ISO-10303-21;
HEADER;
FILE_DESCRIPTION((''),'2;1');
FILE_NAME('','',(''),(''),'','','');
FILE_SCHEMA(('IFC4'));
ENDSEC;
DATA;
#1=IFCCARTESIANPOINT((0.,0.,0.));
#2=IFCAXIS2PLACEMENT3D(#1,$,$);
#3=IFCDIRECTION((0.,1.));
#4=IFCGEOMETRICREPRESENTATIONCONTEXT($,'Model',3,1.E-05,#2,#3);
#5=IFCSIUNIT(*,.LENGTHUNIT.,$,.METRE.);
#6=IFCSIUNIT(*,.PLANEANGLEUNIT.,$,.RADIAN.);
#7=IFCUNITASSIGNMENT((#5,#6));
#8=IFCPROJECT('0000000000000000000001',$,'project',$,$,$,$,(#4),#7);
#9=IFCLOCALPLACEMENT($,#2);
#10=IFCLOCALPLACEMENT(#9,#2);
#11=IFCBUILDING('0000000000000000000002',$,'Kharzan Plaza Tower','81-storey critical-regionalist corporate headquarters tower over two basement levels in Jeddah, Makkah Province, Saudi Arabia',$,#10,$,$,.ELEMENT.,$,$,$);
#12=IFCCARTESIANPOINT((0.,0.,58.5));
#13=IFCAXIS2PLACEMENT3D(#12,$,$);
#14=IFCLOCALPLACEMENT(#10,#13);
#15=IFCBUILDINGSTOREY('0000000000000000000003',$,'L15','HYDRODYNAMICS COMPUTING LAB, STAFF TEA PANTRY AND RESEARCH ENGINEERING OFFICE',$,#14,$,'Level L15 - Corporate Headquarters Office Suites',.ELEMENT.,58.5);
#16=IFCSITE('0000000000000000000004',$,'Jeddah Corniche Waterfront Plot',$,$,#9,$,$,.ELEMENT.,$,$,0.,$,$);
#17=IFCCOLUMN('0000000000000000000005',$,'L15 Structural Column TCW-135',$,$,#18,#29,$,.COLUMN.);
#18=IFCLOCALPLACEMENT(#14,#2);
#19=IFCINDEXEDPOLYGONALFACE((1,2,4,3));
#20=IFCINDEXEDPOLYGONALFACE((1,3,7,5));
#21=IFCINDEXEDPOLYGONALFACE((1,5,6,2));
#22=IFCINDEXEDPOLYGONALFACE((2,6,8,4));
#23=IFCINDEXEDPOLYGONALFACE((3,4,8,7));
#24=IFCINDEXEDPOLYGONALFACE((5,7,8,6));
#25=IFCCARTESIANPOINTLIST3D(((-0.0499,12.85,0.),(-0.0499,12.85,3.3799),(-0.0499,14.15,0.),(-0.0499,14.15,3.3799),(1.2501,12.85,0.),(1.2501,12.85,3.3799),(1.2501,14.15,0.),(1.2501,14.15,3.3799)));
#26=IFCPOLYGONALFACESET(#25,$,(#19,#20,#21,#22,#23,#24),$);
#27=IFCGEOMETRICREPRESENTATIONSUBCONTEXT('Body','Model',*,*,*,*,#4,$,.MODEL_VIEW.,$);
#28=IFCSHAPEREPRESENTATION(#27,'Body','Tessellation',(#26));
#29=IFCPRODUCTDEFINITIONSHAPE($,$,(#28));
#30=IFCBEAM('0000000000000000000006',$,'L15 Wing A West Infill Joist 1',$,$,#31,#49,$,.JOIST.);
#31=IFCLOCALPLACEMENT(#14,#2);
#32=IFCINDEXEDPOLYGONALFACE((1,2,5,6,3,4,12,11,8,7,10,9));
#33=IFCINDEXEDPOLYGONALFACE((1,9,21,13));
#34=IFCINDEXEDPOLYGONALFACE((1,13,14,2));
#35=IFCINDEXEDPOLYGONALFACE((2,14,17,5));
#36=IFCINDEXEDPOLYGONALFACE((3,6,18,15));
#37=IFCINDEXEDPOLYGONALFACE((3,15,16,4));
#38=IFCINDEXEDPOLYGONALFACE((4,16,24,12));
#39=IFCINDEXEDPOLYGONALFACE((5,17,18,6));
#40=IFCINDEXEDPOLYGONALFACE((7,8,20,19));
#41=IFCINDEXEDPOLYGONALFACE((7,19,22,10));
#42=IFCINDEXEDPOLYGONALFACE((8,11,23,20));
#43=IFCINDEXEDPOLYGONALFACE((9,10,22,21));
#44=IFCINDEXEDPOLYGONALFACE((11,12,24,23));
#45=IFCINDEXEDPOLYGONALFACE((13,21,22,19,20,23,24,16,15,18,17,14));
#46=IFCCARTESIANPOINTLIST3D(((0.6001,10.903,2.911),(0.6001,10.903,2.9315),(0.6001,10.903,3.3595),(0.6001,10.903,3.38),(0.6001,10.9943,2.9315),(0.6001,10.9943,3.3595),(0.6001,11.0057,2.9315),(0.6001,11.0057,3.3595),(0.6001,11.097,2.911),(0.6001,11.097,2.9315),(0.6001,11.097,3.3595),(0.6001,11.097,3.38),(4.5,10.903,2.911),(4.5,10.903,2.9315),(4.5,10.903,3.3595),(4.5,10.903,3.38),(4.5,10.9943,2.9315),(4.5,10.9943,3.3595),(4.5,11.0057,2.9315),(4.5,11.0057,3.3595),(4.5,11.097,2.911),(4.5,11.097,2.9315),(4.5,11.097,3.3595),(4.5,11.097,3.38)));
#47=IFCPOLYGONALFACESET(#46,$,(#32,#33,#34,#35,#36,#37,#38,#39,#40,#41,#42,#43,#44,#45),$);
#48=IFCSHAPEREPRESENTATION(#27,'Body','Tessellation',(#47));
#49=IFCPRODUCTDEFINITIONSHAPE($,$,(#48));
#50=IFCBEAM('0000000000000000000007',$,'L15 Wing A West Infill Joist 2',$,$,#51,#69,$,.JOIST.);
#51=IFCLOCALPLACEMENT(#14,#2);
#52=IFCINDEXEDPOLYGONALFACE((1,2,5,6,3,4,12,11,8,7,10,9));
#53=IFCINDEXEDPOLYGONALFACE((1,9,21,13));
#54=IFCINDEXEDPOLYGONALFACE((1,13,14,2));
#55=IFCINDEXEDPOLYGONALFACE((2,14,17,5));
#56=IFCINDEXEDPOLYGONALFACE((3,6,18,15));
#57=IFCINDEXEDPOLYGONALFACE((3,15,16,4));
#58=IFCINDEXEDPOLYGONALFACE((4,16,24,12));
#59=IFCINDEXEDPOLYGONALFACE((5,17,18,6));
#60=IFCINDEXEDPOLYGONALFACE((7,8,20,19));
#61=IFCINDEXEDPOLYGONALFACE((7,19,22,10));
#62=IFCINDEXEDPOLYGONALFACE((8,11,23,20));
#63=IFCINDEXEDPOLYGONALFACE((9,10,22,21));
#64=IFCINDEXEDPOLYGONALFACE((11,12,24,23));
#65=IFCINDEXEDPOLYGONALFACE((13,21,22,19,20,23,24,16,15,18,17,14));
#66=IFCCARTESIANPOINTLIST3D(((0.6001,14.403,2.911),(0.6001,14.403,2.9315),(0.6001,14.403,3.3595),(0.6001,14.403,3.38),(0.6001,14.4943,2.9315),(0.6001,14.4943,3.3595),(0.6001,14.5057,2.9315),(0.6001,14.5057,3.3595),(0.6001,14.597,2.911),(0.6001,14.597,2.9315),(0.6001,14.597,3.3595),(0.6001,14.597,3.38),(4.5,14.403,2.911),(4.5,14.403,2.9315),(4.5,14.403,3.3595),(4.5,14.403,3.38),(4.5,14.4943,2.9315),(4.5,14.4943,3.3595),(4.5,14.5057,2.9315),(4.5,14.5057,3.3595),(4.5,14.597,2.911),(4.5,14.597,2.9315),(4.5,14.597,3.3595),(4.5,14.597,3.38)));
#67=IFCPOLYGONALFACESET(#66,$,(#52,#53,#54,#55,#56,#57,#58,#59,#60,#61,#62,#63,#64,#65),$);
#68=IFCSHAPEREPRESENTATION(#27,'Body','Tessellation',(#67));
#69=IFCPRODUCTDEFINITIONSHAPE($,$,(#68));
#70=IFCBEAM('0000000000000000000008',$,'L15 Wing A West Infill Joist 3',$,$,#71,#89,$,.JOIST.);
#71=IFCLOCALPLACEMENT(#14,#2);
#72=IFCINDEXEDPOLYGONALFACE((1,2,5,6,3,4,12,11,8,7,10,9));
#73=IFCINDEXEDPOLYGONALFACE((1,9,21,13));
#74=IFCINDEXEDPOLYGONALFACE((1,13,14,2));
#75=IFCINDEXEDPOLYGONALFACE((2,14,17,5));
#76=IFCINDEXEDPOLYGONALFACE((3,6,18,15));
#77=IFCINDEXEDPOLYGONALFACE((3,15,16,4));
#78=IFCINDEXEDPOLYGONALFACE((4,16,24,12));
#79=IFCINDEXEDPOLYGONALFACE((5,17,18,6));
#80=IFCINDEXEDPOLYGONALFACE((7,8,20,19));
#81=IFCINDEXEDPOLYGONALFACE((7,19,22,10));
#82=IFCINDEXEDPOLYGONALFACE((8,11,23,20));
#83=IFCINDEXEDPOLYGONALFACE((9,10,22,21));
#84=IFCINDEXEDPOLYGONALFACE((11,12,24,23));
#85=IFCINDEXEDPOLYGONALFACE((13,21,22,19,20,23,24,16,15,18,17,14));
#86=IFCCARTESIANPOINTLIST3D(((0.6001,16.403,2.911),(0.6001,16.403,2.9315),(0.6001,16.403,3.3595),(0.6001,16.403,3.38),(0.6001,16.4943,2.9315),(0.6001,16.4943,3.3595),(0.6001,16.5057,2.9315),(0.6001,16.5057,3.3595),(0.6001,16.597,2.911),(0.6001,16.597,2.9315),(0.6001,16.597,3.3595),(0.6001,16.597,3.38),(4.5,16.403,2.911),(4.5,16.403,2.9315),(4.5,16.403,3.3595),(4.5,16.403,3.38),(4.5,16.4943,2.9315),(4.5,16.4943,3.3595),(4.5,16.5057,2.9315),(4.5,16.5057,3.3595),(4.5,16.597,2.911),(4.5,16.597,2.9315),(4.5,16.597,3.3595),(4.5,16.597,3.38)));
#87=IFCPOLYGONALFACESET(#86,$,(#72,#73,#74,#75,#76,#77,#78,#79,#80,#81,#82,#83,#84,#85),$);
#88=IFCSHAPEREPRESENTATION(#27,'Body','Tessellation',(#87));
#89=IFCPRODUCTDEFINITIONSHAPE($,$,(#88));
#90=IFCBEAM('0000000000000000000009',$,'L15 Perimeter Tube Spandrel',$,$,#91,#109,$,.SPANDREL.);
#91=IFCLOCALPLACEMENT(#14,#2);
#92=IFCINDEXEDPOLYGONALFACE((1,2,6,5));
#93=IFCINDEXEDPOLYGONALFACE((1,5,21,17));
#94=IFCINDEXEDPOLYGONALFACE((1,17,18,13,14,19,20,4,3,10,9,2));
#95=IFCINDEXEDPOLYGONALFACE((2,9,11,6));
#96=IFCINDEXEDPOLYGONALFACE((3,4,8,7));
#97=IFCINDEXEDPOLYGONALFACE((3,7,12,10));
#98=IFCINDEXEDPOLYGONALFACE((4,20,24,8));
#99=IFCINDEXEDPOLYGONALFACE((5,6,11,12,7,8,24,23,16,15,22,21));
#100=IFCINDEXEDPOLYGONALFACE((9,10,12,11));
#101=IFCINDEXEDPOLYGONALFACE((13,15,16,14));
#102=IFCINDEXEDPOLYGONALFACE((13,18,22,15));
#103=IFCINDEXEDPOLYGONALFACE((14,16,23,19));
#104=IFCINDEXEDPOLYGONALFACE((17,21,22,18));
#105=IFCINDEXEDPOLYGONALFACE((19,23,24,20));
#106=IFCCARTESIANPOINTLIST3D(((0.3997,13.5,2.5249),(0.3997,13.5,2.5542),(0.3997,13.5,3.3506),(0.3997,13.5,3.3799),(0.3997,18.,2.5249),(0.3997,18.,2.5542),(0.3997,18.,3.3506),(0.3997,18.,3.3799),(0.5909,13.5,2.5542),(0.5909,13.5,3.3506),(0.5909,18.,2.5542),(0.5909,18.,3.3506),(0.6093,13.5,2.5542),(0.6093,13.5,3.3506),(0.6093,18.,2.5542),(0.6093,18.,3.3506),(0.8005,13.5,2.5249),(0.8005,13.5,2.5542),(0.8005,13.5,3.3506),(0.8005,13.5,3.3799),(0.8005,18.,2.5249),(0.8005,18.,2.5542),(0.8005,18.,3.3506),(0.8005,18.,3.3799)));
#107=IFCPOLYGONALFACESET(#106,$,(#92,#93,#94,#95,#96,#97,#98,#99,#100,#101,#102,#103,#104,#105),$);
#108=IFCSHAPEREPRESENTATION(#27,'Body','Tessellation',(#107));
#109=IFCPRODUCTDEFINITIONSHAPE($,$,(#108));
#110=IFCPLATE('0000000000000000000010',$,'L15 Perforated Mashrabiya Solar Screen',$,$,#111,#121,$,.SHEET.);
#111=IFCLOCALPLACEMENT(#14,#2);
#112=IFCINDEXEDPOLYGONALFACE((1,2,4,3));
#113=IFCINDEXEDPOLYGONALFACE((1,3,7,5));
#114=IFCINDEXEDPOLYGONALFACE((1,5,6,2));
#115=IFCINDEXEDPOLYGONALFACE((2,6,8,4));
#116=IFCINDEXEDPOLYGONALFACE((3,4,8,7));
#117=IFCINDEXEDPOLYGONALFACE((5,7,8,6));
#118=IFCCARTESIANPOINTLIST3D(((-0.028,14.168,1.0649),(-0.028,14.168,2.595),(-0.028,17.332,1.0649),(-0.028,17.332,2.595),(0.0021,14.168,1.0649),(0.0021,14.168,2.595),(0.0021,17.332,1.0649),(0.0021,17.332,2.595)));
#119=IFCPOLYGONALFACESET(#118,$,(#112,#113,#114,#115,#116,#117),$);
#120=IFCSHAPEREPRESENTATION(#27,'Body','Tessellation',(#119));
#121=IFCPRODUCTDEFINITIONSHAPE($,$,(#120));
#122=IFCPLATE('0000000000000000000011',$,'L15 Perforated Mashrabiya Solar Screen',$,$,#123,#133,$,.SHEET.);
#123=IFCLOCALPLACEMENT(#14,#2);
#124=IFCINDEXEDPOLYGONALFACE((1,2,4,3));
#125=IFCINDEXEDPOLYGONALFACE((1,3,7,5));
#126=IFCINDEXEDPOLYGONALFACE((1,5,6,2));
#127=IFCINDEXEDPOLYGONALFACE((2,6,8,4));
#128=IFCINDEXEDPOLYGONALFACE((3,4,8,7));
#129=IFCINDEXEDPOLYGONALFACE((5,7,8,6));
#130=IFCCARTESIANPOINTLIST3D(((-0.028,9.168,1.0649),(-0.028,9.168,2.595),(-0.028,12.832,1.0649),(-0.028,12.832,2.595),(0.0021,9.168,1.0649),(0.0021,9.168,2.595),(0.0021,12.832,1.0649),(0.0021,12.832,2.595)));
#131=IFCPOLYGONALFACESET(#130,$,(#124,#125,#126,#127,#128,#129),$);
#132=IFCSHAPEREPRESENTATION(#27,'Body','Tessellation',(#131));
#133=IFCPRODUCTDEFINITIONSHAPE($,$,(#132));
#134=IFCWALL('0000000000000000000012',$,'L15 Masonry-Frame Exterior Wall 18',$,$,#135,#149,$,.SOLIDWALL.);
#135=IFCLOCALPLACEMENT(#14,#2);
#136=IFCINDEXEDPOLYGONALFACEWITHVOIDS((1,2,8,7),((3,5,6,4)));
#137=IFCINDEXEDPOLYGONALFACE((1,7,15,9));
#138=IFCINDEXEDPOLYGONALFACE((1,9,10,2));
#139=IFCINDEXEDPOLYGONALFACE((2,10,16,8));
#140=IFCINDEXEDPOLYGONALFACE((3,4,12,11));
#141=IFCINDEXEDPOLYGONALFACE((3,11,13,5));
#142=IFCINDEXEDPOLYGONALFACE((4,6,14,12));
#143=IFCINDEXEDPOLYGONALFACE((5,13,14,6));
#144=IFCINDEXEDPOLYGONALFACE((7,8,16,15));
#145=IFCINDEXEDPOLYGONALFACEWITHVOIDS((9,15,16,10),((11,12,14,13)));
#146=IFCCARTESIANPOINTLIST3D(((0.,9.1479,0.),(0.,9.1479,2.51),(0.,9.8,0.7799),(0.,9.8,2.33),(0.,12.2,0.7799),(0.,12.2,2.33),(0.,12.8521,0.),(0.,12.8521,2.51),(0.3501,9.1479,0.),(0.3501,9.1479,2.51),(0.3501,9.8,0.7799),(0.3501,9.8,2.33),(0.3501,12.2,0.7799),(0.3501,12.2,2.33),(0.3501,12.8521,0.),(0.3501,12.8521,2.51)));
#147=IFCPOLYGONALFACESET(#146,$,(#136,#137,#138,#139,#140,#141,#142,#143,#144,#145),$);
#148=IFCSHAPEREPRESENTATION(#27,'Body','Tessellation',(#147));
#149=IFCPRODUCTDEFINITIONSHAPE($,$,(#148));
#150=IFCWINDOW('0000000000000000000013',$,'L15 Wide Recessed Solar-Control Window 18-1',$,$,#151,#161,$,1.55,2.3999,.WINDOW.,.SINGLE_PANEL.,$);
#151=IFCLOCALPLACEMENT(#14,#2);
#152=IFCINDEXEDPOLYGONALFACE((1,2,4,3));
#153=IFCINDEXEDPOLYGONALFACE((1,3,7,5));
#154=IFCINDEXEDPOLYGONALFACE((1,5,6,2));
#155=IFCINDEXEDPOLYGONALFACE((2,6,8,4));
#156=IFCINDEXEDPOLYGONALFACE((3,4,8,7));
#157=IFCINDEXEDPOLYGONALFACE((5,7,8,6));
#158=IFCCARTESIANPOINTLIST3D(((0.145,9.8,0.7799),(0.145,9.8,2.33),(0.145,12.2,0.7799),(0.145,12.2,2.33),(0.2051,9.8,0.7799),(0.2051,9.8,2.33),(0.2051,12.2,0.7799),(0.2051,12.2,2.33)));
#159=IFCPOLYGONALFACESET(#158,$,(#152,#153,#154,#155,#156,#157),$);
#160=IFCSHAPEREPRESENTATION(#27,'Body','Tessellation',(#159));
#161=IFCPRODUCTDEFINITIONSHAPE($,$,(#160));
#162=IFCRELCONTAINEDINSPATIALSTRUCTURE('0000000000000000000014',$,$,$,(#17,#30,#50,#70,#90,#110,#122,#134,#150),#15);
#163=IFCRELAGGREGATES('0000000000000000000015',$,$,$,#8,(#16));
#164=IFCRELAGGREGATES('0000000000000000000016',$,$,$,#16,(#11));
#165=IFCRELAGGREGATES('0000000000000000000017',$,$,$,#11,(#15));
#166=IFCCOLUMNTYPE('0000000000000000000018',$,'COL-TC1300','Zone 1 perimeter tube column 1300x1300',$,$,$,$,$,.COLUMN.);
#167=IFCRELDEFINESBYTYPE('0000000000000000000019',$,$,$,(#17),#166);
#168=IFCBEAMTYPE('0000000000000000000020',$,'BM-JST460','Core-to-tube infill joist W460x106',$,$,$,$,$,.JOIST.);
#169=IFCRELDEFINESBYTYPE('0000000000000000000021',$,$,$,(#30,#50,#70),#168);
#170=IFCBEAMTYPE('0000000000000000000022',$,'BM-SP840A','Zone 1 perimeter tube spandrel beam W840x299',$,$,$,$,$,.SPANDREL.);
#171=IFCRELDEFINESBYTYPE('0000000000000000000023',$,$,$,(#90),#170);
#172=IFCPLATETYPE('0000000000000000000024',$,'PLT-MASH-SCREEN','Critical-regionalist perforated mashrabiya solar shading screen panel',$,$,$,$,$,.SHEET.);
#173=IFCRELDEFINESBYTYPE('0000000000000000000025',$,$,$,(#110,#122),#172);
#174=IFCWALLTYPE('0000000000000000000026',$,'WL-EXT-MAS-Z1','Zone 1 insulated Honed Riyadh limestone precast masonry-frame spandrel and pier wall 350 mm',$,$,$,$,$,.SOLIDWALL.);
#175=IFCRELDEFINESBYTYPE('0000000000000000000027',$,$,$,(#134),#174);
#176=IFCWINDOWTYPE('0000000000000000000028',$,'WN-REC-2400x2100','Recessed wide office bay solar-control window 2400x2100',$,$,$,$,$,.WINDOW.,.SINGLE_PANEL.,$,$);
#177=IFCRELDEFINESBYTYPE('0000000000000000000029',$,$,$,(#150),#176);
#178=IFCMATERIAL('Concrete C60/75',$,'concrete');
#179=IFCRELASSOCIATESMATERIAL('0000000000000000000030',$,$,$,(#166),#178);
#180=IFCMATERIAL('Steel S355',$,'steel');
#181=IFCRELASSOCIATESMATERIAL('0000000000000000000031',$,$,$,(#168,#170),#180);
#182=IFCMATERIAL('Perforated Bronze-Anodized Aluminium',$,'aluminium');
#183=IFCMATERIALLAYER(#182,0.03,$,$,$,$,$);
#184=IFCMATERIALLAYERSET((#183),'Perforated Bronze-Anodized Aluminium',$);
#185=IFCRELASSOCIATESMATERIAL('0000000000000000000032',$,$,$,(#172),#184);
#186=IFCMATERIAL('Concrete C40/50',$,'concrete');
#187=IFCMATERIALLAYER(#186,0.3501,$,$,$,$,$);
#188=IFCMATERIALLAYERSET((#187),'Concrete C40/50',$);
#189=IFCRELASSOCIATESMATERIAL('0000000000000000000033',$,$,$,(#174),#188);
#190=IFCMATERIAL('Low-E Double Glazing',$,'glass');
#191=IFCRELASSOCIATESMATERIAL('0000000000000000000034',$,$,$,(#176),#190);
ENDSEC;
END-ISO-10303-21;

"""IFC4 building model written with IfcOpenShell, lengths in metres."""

from ifc_helpers import new_model, si_unit, direction, frame, frame_2d, origin, origin_2d, place, context, subcontext, project, spatial, rectangle, i_section, extrude, source, transform, mapped, material, layer, layer_set, material_profile, profile_set, type_object, element, fill, save


model = new_model("IFC4")

# Units and contexts
model_context = context("Model", 3, precision=1e-05, world=origin(), true_north=direction((0.0, 1.0)))
body_context = subcontext(model_context, "Body", "Model", "MODEL_VIEW")
ifc_project = project(units=[si_unit("LENGTHUNIT", "METRE"), si_unit("PLANEANGLEUNIT", "RADIAN")], contexts=[model_context])

# Site, building, storey
site_placement = place(None, origin())
site = spatial("IfcSite", under=ifc_project, at=site_placement, Name="Jeddah Corniche Waterfront Plot", CompositionType="ELEMENT", RefElevation=0.0)
building_placement = place(site_placement, origin())
building = spatial("IfcBuilding", under=site, at=building_placement, Name="Kharzan Plaza Tower", Description="81-storey critical-regionalist corporate headquarters tower over two basement levels in Jeddah, Makkah Province, Saudi Arabia", CompositionType="ELEMENT")
storey_placement = place(building_placement, frame((0.0, 0.0, 58.5)))
storey = spatial("IfcBuildingStorey", under=building, at=storey_placement, Name="L15", Description="HYDRODYNAMICS COMPUTING LAB, STAFF TEA PANTRY AND RESEARCH ENGINEERING OFFICE", LongName="Level L15 - Corporate Headquarters Office Suites", CompositionType="ELEMENT", Elevation=58.5)

# Column
ifc_material_1 = material(Name="Concrete C60/75", Category="concrete")
ifc_material_profile_1 = material_profile(ifc_material_1, rectangle(XDim=1.3, YDim=1.3, at=origin_2d()), Name="RC-TC1300x1300")
ifc_profile_set_1 = profile_set([ifc_material_profile_1], Name="Concrete C60/75")
column_type = type_object("IfcColumnType", Name="COL-TC1300", Description="Zone 1 perimeter tube column 1300x1300", PredefinedType="COLUMN", material=ifc_profile_set_1)
shared_shape_1 = source(origin(), body_context, "Body", "SweptSolid", [
    extrude(rectangle(XDim=1.3, YDim=1.3, at=origin_2d()), origin(), (0.0, 0.0, 1.0), 3.3799),
])
column_placement = place(storey_placement, frame((0.6001, 13.5, 0.0), z_axis=(0.0, 0.0, 1.0), x_axis=(1.0, 0.0, 0.0)))
element("IfcColumn", 1, at=column_placement, inside=storey, type_object=column_type, Name="L15 Structural Column TCW-135", PredefinedType="COLUMN", context=body_context, shape_type="MappedRepresentation", body=[
    mapped(shared_shape_1, transform((0.0, 0.0, 0.0), x_axis=(1.0, 0.0, 0.0), y_axis=(0.0, 1.0, 0.0), z_axis=(0.0, 0.0, 1.0))),
])

# Beams
ifc_material_2 = material(Name="Steel S355", Category="steel")
ifc_material_profile_2 = material_profile(ifc_material_2, i_section(OverallWidth=0.1941, OverallDepth=0.469, WebThickness=0.0115, FlangeThickness=0.0205, at=origin_2d()), Name="W460x106")
ifc_profile_set_2 = profile_set([ifc_material_profile_2], Name="Steel S355")
beam_type_1 = type_object("IfcBeamType", Name="BM-JST460", Description="Core-to-tube infill joist W460x106", PredefinedType="JOIST", material=ifc_profile_set_2)
shared_shape_2 = source(origin(), body_context, "Body", "SweptSolid", [
    extrude(i_section(OverallWidth=0.1941, OverallDepth=0.469, WebThickness=0.0115, FlangeThickness=0.0205, at=origin_2d()), origin(), (0.0, 0.0, 1.0), 3.8999),
])
for number, where, z_axis, x_axis, name in (
    (2, (0.6001, 11.0, 3.1455), (1.0, 0.0, 0.0), (0.0, 1.0, 0.0), "L15 Wing A West Infill Joist 1"),
    (3, (0.6001, 14.5, 3.1455), (1.0, 0.0, 0.0), (0.0, 1.0, 0.0), "L15 Wing A West Infill Joist 2"),
    (4, (0.6001, 16.5, 3.1455), (1.0, 0.0, 0.0), (0.0, 1.0, 0.0), "L15 Wing A West Infill Joist 3"),
):
    element("IfcBeam", number, at=place(storey_placement, frame(where, z_axis=z_axis, x_axis=x_axis)), inside=storey, type_object=beam_type_1, Name=name, PredefinedType="JOIST", context=body_context, shape_type="MappedRepresentation", body=[
        mapped(shared_shape_2, transform((0.0, 0.0, 0.0), x_axis=(1.0, 0.0, 0.0), y_axis=(0.0, 1.0, 0.0), z_axis=(0.0, 0.0, 1.0))),
    ])
ifc_material_profile_3 = material_profile(ifc_material_2, i_section(OverallWidth=0.4009, OverallDepth=0.855, WebThickness=0.0183, FlangeThickness=0.0293, at=origin_2d()), Name="W840x299")
ifc_profile_set_3 = profile_set([ifc_material_profile_3], Name="Steel S355")
beam_type_2 = type_object("IfcBeamType", Name="BM-SP840A", Description="Zone 1 perimeter tube spandrel beam W840x299", PredefinedType="SPANDREL", material=ifc_profile_set_3)
shared_shape_3 = source(origin(), body_context, "Body", "SweptSolid", [
    extrude(i_section(OverallWidth=0.4009, OverallDepth=0.855, WebThickness=0.0183, FlangeThickness=0.0293, at=origin_2d()), origin(), (0.0, 0.0, 1.0), 4.5),
])
beam_placement = place(storey_placement, frame((0.6001, 13.5, 2.9524), z_axis=(0.0, 1.0, 0.0), x_axis=(-1.0, 0.0, 0.0)))
element("IfcBeam", 5, at=beam_placement, inside=storey, type_object=beam_type_2, Name="L15 Perimeter Tube Spandrel", PredefinedType="SPANDREL", context=body_context, shape_type="MappedRepresentation", body=[
    mapped(shared_shape_3, transform((0.0, 0.0, 0.0), x_axis=(1.0, 0.0, 0.0), y_axis=(0.0, 1.0, 0.0), z_axis=(0.0, 0.0, 1.0))),
])

# Plates
ifc_material_3 = material(Name="Perforated Bronze-Anodized Aluminium", Category="aluminium")
ifc_layer_1 = layer(ifc_material_3, 0.03)
ifc_layer_set_1 = layer_set([ifc_layer_1], Name="Perforated Bronze-Anodized Aluminium")
plate_type = type_object("IfcPlateType", Name="PLT-MASH-SCREEN", Description="Critical-regionalist perforated mashrabiya solar shading screen panel", PredefinedType="SHEET", material=ifc_layer_set_1)
shared_shape_4 = source(origin(), body_context, "Body", "SweptSolid", [
    extrude(rectangle(XDim=3.1641, YDim=0.03, at=origin_2d()), origin(), (0.0, 0.0, 1.0), 1.53),
])
plate_1_placement = place(storey_placement, frame((-0.0129, 15.75, 1.0649), z_axis=(0.0, 0.0, 1.0), x_axis=(0.0, -1.0, 0.0)))
element("IfcPlate", 6, at=plate_1_placement, inside=storey, type_object=plate_type, Name="L15 Perforated Mashrabiya Solar Screen", PredefinedType="SHEET", context=body_context, shape_type="MappedRepresentation", body=[
    mapped(shared_shape_4, transform((0.0, 0.0, 0.0), x_axis=(1.0, 0.0, 0.0), y_axis=(0.0, 1.0, 0.0), z_axis=(0.0, 0.0, 1.0))),
])
shared_shape_5 = source(origin(), body_context, "Body", "SweptSolid", [
    extrude(rectangle(XDim=3.6641, YDim=0.03, at=origin_2d()), origin(), (0.0, 0.0, 1.0), 1.53),
])
plate_2_placement = place(storey_placement, frame((-0.0129, 11.0, 1.0649), z_axis=(0.0, 0.0, 1.0), x_axis=(0.0, -1.0, 0.0)))
element("IfcPlate", 7, at=plate_2_placement, inside=storey, type_object=plate_type, Name="L15 Perforated Mashrabiya Solar Screen", PredefinedType="SHEET", context=body_context, shape_type="MappedRepresentation", body=[
    mapped(shared_shape_5, transform((0.0, 0.0, 0.0), x_axis=(1.0, 0.0, 0.0), y_axis=(0.0, 1.0, 0.0), z_axis=(0.0, 0.0, 1.0))),
])

# Wall, opening, window
ifc_material_4 = material(Name="Concrete C40/50", Category="concrete")
ifc_layer_2 = layer(ifc_material_4, 0.3501)
ifc_layer_set_2 = layer_set([ifc_layer_2], Name="Concrete C40/50")
wall_type_1 = type_object("IfcWallType", Name="WL-EXT-MAS-Z1", Description="Zone 1 insulated Honed Riyadh limestone precast masonry-frame spandrel and pier wall 350 mm", PredefinedType="SOLIDWALL", material=ifc_layer_set_2)
wall_1_placement = place(storey_placement, frame((0.175, 12.8521, 0.0), z_axis=(0.0, 0.0, 1.0), x_axis=(0.0, -1.0, 0.0)))
wall_1 = element("IfcWall", 8, at=wall_1_placement, inside=storey, type_object=wall_type_1, Name="L15 Masonry-Frame Exterior Wall 18", PredefinedType="SOLIDWALL", context=body_context, shape_type="SweptSolid", body=[
    extrude(rectangle(XDim=3.7041, YDim=0.3501, at=frame_2d((1.8521, 0.0))), origin(), (0.0, 0.0, 1.0), 2.51),
])
opening_1_placement = place(wall_1_placement, frame((0.6521, 0.0, 0.78)))
opening_1 = element("IfcOpeningElement", 9, at=opening_1_placement, cuts=wall_1, PredefinedType="OPENING", context=body_context, shape_type="SweptSolid", body=[
    extrude(rectangle(XDim=2.3999, YDim=1.55, at=frame_2d((1.2, 0.7749))), frame((0.0, 0.1851, 0.0), z_axis=(0.0, -1.0, 0.0), x_axis=(1.0, 0.0, 0.0)), (0.0, 0.0, 1.0), 0.3701),
])
ifc_material_5 = material(Name="Low-E Double Glazing", Category="glass")
window_type = type_object("IfcWindowType", Name="WN-REC-2400x2100", Description="Recessed wide office bay solar-control window 2400x2100", PartitioningType="SINGLE_PANEL", PredefinedType="WINDOW", material=ifc_material_5)
shared_shape_6 = source(origin(), body_context, "Body", "SweptSolid", [
    extrude(rectangle(XDim=2.3999, YDim=1.55, at=frame_2d((1.2, 0.7749))), frame((0.0, 0.03, 0.0), z_axis=(0.0, -1.0, 0.0), x_axis=(1.0, 0.0, 0.0)), (0.0, 0.0, 1.0), 0.0601),
])
window_placement = place(opening_1_placement, origin())
window = element("IfcWindow", 10, at=window_placement, inside=storey, type_object=window_type, Name="L15 Wide Recessed Solar-Control Window 18-1", OverallHeight=1.55, OverallWidth=2.3999, PartitioningType="SINGLE_PANEL", PredefinedType="WINDOW", context=body_context, shape_type="MappedRepresentation", body=[
    mapped(shared_shape_6, transform((0.0, 0.0, 0.0), x_axis=(1.0, 0.0, 0.0), y_axis=(0.0, 1.0, 0.0), z_axis=(0.0, 0.0, 1.0))),
])
fill(opening_1, window)

save(model, "model.ifc")
